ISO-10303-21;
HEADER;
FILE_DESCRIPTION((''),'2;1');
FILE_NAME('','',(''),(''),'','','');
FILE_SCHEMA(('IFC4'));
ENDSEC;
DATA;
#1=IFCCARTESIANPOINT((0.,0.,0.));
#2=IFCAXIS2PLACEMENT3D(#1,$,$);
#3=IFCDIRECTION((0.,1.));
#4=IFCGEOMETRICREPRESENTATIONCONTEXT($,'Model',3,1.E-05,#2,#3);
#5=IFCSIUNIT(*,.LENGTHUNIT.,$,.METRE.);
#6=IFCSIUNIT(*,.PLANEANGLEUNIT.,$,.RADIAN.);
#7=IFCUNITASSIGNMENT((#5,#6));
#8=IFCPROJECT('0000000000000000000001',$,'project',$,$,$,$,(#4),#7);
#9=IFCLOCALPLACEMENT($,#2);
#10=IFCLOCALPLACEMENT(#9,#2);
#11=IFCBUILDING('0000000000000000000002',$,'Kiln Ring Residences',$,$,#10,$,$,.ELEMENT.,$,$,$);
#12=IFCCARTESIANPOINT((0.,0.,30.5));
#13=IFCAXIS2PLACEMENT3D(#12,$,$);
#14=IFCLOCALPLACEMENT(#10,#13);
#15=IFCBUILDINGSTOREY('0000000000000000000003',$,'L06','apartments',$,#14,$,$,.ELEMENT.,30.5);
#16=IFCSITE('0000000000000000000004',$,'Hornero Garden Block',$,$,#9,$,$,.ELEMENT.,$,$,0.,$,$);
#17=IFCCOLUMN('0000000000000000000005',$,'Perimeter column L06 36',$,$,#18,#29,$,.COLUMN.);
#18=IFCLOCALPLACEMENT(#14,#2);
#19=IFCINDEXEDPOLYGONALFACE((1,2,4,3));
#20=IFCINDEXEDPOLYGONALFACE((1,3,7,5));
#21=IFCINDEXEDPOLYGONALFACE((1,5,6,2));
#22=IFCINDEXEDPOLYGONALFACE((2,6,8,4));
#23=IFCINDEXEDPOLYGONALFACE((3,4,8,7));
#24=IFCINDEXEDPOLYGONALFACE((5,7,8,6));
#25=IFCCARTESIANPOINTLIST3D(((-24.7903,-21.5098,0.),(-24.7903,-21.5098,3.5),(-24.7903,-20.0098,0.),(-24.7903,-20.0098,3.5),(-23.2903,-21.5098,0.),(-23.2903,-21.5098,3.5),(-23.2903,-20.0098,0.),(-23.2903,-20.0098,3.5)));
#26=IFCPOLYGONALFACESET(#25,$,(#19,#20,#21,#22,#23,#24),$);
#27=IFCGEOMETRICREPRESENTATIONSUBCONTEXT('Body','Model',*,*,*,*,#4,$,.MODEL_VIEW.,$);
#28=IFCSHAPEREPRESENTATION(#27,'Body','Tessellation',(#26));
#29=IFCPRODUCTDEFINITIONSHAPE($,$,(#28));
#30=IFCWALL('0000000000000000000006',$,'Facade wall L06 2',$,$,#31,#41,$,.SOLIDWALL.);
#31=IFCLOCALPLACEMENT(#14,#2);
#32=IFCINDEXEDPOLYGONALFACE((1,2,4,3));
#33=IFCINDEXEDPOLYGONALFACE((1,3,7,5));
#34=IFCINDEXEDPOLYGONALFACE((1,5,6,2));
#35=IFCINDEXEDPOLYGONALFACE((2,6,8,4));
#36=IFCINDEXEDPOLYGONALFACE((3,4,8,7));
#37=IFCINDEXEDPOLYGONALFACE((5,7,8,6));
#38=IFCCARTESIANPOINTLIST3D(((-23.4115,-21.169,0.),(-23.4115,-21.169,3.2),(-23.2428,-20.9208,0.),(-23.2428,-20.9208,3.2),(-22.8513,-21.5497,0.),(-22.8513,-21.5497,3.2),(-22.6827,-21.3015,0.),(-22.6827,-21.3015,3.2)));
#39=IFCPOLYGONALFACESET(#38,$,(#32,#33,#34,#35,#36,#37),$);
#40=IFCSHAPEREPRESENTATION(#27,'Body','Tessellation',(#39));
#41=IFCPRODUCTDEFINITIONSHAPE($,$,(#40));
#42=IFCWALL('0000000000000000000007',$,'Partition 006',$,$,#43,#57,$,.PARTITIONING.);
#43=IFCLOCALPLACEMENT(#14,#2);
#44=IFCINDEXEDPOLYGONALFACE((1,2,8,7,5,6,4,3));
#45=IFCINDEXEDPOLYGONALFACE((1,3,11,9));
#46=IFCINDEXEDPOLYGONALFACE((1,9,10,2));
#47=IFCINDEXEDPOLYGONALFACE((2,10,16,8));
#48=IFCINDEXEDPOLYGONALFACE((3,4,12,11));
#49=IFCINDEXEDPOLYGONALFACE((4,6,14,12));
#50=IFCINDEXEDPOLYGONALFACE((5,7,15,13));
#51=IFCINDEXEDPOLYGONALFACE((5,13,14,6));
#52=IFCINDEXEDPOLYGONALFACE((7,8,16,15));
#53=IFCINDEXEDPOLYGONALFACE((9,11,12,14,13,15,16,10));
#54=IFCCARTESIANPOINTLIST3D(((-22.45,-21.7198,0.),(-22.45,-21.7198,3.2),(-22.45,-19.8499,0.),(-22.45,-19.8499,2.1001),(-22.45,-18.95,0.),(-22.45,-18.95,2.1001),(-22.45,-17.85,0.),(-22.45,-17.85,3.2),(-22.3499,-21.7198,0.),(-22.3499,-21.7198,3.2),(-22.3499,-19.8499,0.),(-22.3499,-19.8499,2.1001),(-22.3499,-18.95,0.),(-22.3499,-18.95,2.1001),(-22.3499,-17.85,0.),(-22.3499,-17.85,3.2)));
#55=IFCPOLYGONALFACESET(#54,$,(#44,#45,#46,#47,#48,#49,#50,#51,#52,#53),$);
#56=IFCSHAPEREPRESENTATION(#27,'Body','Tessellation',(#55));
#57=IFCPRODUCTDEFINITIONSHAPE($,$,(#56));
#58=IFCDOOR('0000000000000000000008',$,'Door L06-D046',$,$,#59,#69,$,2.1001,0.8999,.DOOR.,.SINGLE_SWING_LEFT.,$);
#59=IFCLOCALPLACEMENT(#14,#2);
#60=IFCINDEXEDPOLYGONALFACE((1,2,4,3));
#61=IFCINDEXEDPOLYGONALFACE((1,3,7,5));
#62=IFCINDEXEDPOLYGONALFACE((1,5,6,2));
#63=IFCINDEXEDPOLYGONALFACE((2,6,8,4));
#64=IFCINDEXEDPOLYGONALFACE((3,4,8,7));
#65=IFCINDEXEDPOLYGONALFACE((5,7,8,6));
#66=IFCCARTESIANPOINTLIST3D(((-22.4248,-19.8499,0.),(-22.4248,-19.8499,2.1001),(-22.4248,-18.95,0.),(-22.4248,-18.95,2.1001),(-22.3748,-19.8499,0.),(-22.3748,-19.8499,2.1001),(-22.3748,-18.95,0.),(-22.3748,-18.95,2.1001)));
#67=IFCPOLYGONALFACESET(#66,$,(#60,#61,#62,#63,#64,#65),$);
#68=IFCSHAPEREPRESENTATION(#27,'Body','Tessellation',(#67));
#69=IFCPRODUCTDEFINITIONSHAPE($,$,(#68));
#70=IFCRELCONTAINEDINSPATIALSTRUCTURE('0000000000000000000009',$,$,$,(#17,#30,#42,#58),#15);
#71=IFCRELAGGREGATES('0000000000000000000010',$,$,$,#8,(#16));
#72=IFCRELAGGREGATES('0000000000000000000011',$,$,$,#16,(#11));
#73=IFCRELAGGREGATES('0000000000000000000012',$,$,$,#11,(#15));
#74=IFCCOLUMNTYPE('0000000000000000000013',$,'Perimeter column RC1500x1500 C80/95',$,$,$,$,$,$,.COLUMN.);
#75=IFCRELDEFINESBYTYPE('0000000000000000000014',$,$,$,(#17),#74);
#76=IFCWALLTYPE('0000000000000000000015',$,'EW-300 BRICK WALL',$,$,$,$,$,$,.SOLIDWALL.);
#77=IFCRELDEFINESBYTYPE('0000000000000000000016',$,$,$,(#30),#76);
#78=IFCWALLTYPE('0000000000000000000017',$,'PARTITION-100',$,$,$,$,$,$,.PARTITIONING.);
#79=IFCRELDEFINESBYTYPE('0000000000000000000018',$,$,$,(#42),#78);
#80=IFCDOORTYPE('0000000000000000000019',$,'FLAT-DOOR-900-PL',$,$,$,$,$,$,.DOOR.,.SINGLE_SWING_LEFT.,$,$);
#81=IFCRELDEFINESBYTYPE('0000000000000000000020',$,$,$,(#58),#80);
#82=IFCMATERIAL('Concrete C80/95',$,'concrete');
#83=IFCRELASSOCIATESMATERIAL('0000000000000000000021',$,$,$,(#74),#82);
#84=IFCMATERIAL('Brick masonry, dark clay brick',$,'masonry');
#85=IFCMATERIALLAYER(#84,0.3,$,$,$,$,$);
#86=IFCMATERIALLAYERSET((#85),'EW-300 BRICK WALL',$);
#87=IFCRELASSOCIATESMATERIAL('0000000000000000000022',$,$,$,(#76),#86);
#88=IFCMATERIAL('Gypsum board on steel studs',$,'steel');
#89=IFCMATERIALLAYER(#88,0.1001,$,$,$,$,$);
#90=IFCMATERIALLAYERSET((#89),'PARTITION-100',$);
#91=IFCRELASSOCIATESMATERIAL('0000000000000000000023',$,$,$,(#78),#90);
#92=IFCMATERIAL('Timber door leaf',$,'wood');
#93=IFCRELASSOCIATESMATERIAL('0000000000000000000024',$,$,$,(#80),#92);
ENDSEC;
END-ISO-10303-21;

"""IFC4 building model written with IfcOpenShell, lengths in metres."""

from ifc_helpers import new_model, si_unit, direction, frame, frame_2d, origin, origin_2d, place, context, subcontext, project, spatial, rectangle, extrude, material, layer, layer_set, material_profile, profile_set, type_object, element, fill, save


model = new_model("IFC4")

# Units and contexts
model_context = context("Model", 3, precision=1e-05, world=origin(), true_north=direction((0.0, 1.0)))
body_context = subcontext(model_context, "Body", "Model", "MODEL_VIEW")
ifc_project = project(units=[si_unit("LENGTHUNIT", "METRE"), si_unit("PLANEANGLEUNIT", "RADIAN")], contexts=[model_context])

# Site, building, storey
site_placement = place(None, origin())
site = spatial("IfcSite", under=ifc_project, at=site_placement, Name="Hornero Garden Block", CompositionType="ELEMENT", RefElevation=0.0)
building_placement = place(site_placement, origin())
building = spatial("IfcBuilding", under=site, at=building_placement, Name="Kiln Ring Residences", CompositionType="ELEMENT")
storey_placement = place(building_placement, frame((0.0, 0.0, 30.5)))
storey = spatial("IfcBuildingStorey", under=building, at=storey_placement, Name="L06", Description="apartments", CompositionType="ELEMENT", Elevation=30.5)

# Column
ifc_material_1 = material(Name="Concrete C80/95", Category="concrete")
ifc_material_profile = material_profile(ifc_material_1, rectangle(XDim=1.5, YDim=1.5, at=origin_2d()), Name="RC1500x1500")
ifc_profile_set = profile_set([ifc_material_profile], Name="Concrete C80/95")
column_type = type_object("IfcColumnType", Name="Perimeter column RC1500x1500 C80/95", PredefinedType="COLUMN", material=ifc_profile_set)
column_placement = place(storey_placement, frame((-24.0403, -20.7598, 0.0), z_axis=(0.0, 0.0, 1.0), x_axis=(1.0, 0.0, 0.0)))
element("IfcColumn", 1, at=column_placement, inside=storey, type_object=column_type, Name="Perimeter column L06 36", PredefinedType="COLUMN", context=body_context, shape_type="SweptSolid", body=[
    extrude(rectangle(XDim=1.5, YDim=1.5, at=origin_2d()), origin(), (0.0, 0.0, 1.0), 3.5),
])

# Wall
ifc_material_2 = material(Name="Brick masonry, dark clay brick", Category="masonry")
ifc_layer_1 = layer(ifc_material_2, 0.3)
ifc_layer_set_1 = layer_set([ifc_layer_1], Name="EW-300 BRICK WALL")
wall_type_1 = type_object("IfcWallType", Name="EW-300 BRICK WALL", PredefinedType="SOLIDWALL", material=ifc_layer_set_1)
wall_1_placement = place(storey_placement, frame((-23.3271, -21.0449, 0.0), z_axis=(0.0, 0.0, 1.0), x_axis=(0.827081, -0.562083, 0.0)))
element("IfcWall", 2, at=wall_1_placement, inside=storey, type_object=wall_type_1, Name="Facade wall L06 2", PredefinedType="SOLIDWALL", context=body_context, shape_type="SweptSolid", body=[
    extrude(rectangle(XDim=0.6772, YDim=0.3, at=frame_2d((0.3386, 0.0))), origin(), (0.0, 0.0, 1.0), 3.2),
])

# Wall, opening, door
ifc_material_3 = material(Name="Gypsum board on steel studs", Category="steel")
ifc_layer_2 = layer(ifc_material_3, 0.1001)
ifc_layer_set_2 = layer_set([ifc_layer_2], Name="PARTITION-100")
wall_type_2 = type_object("IfcWallType", Name="PARTITION-100", PredefinedType="PARTITIONING", material=ifc_layer_set_2)
wall_2_placement = place(storey_placement, frame((-22.3999, -21.72, 0.0), z_axis=(0.0, 0.0, 1.0), x_axis=(0.0, 1.0, 0.0)))
wall_2 = element("IfcWall", 3, at=wall_2_placement, inside=storey, type_object=wall_type_2, Name="Partition 006", PredefinedType="PARTITIONING", context=body_context, shape_type="SweptSolid", body=[
    extrude(rectangle(XDim=3.8699, YDim=0.1001, at=frame_2d((1.9351, 0.0))), origin(), (0.0, 0.0, 1.0), 3.2),
])
opening_placement = place(wall_2_placement, frame((1.8701, 0.0, 0.0)))
opening = element("IfcOpeningElement", 4, at=opening_placement, cuts=wall_2, PredefinedType="OPENING", context=body_context, shape_type="SweptSolid", body=[
    extrude(rectangle(XDim=0.8999, YDim=2.1001, at=frame_2d((0.45, 1.05))), frame((0.0, 0.0601, 0.0), z_axis=(0.0, -1.0, 0.0), x_axis=(1.0, 0.0, 0.0)), (0.0, 0.0, 1.0), 0.1201),
])
ifc_material_4 = material(Name="Timber door leaf", Category="wood")
door_type = type_object("IfcDoorType", Name="FLAT-DOOR-900-PL", OperationType="SINGLE_SWING_LEFT", PredefinedType="DOOR", material=ifc_material_4)
door_placement = place(opening_placement, origin())
door = element("IfcDoor", 5, at=door_placement, inside=storey, type_object=door_type, Name="Door L06-D046", OperationType="SINGLE_SWING_LEFT", OverallHeight=2.1001, OverallWidth=0.8999, PredefinedType="DOOR", context=body_context, shape_type="SweptSolid", body=[
    extrude(rectangle(XDim=0.8999, YDim=2.1001, at=frame_2d((0.45, 1.05))), frame((0.0, 0.0249, 0.0), z_axis=(0.0, -1.0, 0.0), x_axis=(1.0, 0.0, 0.0)), (0.0, 0.0, 1.0), 0.05),
])
fill(opening, door)

save(model, "model.ifc")
